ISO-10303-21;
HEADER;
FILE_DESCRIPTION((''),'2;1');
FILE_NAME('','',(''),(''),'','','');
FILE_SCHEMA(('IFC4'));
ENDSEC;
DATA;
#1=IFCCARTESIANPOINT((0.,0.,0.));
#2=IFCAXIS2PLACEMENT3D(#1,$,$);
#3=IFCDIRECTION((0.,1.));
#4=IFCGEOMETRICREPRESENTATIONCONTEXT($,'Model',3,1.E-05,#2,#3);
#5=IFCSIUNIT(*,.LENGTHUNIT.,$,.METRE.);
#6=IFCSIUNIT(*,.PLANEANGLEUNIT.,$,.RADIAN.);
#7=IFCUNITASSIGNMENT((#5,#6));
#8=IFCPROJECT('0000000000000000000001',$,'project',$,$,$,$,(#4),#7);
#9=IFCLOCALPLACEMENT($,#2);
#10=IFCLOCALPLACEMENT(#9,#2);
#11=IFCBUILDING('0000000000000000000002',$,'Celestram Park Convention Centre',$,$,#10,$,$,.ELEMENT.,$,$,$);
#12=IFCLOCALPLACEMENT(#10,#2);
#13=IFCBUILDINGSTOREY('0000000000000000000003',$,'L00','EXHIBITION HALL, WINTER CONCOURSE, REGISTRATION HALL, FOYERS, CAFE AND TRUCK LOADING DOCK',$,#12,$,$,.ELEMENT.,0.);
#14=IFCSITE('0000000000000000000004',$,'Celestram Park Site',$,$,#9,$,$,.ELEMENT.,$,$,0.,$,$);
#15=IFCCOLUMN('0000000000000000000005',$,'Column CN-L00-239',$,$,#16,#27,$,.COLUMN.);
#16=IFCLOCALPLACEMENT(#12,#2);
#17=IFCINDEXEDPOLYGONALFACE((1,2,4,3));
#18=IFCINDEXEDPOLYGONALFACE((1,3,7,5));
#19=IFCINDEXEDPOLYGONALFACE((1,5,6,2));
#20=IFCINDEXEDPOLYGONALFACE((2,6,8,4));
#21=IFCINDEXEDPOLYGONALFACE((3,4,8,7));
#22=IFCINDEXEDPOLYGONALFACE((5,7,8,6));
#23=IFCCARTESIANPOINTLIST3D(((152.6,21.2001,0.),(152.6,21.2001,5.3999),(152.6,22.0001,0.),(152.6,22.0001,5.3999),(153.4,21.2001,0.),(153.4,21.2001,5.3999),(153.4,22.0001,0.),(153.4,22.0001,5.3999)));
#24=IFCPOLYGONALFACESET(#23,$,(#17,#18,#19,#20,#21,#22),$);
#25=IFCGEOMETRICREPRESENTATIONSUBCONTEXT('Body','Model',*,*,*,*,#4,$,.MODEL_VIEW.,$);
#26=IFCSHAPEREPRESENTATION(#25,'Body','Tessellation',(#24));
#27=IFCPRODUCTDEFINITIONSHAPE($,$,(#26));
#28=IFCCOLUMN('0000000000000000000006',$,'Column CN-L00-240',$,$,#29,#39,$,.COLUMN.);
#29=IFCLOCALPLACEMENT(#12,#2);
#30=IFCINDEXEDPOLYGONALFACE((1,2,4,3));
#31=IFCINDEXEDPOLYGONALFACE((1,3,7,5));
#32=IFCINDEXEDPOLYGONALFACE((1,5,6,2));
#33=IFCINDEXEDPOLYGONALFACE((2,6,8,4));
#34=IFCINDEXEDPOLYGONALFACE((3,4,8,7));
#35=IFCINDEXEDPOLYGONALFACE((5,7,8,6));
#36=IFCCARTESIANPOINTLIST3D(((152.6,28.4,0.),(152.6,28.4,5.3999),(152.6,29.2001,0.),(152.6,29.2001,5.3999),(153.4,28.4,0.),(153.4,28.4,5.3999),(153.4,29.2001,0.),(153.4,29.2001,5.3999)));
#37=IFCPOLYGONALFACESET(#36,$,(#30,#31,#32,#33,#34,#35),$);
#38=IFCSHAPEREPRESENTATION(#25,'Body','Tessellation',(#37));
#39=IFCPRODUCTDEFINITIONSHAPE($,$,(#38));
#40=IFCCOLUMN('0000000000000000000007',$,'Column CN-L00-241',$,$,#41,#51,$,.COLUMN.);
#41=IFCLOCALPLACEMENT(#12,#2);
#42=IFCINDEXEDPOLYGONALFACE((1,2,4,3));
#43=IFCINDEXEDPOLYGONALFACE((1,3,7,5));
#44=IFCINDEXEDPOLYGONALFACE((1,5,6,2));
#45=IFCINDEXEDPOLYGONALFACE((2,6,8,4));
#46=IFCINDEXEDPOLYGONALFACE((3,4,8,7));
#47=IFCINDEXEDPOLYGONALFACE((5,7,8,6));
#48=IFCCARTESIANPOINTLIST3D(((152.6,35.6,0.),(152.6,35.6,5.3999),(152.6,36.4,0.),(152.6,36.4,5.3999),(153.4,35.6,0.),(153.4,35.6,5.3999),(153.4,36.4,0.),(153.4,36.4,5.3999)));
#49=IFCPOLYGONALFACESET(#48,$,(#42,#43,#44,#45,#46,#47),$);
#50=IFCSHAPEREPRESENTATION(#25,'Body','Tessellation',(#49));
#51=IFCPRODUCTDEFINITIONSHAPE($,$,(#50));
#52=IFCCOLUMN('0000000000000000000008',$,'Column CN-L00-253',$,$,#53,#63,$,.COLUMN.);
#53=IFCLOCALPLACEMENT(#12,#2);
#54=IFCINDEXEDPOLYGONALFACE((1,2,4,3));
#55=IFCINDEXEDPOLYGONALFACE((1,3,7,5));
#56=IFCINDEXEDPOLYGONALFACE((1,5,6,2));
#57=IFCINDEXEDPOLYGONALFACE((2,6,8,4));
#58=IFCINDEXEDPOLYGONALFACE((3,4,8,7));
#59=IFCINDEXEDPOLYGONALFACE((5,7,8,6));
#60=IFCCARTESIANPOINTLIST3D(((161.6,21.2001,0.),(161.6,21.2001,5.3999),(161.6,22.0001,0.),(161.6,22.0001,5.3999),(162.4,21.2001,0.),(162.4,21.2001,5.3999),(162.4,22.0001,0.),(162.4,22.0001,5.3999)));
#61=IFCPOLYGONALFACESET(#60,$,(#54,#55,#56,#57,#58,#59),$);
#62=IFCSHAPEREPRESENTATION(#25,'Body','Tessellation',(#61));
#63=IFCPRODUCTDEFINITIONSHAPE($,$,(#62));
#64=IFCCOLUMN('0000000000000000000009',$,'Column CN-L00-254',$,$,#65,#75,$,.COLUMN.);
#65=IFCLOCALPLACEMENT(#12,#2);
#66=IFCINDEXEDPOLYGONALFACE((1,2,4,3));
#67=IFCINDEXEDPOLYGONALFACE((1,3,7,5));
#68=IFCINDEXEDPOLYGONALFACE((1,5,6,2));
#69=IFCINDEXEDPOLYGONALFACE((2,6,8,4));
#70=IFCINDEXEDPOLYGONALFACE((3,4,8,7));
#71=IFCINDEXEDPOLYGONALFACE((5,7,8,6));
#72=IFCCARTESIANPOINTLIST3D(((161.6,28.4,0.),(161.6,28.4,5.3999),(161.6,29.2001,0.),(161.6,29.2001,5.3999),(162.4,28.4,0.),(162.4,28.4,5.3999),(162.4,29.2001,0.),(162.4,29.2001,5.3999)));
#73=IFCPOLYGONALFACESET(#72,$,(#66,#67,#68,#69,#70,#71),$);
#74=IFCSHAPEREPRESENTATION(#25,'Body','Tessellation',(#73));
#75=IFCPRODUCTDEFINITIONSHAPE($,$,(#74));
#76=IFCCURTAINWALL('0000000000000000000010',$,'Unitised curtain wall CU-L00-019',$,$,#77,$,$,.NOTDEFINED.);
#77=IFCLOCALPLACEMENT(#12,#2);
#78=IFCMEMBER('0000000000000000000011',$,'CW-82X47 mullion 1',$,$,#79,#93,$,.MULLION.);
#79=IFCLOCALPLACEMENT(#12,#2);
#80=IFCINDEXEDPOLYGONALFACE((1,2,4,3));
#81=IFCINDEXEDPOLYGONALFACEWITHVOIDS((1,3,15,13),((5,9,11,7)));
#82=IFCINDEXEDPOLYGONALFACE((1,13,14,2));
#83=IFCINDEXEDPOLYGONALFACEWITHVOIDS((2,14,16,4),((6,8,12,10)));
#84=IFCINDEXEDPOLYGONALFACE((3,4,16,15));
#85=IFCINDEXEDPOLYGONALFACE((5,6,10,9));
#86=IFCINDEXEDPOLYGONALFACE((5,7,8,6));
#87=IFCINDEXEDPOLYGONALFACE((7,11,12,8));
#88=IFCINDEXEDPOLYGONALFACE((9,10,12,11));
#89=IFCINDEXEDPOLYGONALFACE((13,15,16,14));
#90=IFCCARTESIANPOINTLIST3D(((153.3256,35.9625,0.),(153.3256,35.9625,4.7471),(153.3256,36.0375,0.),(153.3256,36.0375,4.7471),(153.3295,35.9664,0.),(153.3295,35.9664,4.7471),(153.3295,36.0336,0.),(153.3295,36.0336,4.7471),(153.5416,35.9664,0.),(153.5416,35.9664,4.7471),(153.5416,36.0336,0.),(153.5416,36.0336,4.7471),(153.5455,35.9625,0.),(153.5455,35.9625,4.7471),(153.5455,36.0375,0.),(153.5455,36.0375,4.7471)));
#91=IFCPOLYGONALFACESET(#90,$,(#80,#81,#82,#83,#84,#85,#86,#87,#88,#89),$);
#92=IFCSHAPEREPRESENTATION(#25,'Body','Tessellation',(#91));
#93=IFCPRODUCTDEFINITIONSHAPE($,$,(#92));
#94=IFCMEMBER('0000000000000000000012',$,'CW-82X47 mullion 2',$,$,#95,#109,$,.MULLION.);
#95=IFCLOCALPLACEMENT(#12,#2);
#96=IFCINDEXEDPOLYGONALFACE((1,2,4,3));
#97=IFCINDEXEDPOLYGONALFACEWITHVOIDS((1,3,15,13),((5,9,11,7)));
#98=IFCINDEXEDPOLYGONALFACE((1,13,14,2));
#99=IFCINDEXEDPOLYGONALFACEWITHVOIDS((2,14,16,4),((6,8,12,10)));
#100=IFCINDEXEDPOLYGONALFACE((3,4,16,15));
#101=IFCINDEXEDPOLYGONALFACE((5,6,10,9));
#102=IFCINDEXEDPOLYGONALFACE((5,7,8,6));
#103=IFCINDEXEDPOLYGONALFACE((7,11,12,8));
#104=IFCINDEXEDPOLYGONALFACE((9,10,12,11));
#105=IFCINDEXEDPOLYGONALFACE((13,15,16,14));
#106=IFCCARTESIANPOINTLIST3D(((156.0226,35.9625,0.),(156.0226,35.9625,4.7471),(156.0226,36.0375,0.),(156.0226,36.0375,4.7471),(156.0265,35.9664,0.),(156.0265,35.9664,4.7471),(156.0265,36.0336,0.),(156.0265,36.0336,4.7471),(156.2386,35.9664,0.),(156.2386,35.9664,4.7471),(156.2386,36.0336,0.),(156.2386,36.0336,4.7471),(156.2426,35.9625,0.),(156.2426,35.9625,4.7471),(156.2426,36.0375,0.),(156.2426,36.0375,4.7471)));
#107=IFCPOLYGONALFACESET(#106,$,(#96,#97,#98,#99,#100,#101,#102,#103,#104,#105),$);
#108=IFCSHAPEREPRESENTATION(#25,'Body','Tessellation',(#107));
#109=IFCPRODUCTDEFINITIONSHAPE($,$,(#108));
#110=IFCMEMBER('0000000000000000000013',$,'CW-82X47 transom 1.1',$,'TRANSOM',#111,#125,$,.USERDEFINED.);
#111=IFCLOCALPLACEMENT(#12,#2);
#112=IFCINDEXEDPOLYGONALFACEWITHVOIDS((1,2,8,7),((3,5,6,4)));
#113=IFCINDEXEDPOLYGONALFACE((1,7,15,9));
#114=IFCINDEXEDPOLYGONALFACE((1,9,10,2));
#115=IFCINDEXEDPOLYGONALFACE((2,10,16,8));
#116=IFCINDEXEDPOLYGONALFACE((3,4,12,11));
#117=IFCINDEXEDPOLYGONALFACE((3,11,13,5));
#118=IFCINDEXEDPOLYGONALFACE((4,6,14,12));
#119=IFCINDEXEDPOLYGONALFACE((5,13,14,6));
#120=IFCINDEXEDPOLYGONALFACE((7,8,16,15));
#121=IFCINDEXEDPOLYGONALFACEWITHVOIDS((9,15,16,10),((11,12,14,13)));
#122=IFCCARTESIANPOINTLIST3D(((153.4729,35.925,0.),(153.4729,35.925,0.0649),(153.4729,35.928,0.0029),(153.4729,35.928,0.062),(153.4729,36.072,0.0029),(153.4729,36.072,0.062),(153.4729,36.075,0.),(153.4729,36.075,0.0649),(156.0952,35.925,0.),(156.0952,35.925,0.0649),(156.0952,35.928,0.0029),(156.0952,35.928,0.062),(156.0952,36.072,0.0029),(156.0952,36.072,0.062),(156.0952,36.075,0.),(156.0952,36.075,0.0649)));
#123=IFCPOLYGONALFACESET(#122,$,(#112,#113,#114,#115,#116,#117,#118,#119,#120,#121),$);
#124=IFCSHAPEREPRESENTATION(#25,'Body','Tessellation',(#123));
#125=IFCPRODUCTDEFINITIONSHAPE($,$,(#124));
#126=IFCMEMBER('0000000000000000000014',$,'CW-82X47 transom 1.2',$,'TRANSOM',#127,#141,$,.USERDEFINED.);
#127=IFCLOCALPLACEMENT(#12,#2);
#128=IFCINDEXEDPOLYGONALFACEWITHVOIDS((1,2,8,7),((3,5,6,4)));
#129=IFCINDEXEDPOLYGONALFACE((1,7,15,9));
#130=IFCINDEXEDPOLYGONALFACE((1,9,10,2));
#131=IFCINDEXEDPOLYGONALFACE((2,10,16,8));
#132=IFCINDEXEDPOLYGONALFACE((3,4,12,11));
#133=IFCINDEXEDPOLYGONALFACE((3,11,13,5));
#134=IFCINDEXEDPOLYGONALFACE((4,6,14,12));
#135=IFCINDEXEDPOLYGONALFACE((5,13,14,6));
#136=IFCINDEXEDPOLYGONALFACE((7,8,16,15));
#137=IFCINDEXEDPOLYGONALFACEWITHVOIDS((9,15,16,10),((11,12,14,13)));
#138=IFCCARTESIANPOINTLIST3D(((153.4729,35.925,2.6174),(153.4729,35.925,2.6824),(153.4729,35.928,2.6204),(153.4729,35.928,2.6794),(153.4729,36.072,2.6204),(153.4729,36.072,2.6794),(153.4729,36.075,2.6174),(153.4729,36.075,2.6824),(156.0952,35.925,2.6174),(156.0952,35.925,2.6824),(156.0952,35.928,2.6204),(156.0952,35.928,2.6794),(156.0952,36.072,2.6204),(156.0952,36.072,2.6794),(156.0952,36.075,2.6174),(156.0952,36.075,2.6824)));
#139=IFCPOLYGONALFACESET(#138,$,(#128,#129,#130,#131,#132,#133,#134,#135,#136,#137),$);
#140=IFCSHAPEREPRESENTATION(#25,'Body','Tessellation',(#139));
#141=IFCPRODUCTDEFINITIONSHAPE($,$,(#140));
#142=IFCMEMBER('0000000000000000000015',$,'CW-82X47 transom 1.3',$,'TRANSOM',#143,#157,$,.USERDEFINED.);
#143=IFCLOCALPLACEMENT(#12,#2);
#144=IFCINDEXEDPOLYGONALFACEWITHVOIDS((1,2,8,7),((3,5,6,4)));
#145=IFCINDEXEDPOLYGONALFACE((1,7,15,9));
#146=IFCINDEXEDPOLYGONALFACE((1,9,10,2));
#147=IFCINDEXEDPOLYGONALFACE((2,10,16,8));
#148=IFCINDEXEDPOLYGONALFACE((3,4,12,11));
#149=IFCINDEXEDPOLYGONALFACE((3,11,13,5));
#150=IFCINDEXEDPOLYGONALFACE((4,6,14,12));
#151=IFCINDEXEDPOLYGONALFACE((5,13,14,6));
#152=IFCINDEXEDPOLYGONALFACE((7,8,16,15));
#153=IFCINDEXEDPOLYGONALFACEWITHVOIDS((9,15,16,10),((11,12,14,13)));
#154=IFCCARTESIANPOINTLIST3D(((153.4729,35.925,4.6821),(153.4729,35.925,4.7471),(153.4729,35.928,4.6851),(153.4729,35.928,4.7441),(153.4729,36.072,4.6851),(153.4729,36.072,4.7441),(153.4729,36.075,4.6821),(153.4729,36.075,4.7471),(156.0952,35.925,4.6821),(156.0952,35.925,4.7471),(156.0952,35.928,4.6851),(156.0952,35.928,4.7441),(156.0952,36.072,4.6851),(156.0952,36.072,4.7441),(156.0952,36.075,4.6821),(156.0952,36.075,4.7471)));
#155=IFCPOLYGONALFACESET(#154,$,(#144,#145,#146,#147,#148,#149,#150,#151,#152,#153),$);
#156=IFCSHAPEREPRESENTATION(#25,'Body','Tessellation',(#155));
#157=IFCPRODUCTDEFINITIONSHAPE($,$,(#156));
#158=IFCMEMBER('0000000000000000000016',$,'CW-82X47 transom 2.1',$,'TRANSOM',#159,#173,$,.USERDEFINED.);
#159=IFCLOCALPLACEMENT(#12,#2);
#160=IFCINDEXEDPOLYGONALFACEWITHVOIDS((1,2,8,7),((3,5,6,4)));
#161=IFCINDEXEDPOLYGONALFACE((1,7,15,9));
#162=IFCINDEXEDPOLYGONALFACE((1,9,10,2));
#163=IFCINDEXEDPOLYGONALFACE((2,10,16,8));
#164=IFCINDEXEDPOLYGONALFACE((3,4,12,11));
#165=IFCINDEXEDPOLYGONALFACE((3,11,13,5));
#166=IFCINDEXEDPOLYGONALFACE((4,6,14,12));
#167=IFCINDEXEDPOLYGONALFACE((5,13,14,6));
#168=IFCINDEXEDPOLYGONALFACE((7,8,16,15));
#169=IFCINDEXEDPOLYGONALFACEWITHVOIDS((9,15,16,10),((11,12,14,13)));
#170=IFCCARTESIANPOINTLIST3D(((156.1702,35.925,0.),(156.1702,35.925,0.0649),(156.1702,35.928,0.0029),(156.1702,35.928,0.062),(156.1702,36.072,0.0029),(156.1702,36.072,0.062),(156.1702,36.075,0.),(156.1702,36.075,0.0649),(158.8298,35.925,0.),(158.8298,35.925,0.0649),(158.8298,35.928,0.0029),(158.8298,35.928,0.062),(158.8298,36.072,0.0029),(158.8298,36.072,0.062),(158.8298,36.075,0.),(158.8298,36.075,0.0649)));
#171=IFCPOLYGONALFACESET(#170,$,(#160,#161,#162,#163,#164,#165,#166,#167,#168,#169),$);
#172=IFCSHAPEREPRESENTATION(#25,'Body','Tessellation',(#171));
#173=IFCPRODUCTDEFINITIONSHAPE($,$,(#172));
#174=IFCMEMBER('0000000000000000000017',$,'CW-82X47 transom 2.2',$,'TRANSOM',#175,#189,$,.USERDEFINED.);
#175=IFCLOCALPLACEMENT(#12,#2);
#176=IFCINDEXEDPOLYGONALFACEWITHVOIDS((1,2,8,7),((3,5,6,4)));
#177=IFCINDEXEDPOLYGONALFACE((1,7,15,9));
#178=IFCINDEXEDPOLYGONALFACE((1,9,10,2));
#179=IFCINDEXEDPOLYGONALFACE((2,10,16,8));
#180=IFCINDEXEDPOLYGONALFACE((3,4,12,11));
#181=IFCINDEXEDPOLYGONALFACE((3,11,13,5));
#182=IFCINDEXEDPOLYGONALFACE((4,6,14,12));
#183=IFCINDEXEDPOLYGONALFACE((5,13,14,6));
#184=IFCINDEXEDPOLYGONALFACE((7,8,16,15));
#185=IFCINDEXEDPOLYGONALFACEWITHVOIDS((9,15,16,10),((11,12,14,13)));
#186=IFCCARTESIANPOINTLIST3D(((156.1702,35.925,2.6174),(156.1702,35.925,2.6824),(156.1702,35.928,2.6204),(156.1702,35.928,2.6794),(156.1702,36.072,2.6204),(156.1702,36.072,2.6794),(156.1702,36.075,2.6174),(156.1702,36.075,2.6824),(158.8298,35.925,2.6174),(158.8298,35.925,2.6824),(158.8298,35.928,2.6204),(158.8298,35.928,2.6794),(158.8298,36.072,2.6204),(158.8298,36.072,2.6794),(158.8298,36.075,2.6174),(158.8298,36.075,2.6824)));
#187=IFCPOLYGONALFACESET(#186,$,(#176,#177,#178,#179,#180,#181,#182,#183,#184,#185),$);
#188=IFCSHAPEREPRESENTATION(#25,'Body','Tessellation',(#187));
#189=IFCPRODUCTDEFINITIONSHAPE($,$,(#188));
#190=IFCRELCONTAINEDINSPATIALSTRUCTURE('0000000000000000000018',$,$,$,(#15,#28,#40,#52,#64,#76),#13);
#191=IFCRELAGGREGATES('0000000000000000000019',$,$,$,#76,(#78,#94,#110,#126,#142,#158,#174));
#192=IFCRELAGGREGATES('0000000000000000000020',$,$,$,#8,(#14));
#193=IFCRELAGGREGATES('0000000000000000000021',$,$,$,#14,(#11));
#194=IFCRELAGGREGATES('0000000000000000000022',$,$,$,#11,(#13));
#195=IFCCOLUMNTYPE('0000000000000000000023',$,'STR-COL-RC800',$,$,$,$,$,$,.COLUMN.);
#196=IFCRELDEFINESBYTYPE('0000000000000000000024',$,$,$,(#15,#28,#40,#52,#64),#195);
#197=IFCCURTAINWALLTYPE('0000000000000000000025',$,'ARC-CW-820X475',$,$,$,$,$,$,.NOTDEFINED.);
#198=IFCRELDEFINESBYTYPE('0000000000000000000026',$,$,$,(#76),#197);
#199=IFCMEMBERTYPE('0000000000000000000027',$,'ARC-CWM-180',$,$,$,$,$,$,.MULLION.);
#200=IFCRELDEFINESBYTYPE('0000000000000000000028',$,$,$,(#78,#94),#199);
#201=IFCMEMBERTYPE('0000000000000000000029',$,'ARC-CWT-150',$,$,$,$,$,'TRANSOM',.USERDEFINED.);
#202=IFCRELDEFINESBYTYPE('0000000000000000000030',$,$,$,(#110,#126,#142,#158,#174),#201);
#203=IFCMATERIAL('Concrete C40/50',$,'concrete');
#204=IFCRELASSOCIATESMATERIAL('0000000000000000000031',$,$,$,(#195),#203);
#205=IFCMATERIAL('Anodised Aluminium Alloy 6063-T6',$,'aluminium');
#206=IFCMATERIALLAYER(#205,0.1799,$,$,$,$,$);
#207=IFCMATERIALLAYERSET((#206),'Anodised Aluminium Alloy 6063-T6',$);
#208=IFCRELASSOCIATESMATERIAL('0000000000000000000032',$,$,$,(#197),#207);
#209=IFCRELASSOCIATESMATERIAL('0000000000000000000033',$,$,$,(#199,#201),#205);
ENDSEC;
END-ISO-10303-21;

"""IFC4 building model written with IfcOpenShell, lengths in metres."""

from ifc_helpers import new_model, si_unit, direction, frame, origin, origin_2d, place, context, subcontext, project, spatial, rectangle, hollow_rectangle, extrude, material, layer, layer_set, material_profile, profile_set, type_object, element, aggregate, save


model = new_model("IFC4")

# Units and contexts
model_context = context("Model", 3, precision=1e-05, world=origin(), true_north=direction((0.0, 1.0)))
body_context = subcontext(model_context, "Body", "Model", "MODEL_VIEW")
ifc_project = project(units=[si_unit("LENGTHUNIT", "METRE"), si_unit("PLANEANGLEUNIT", "RADIAN")], contexts=[model_context])

# Site, building, storey
site_placement = place(None, origin())
site = spatial("IfcSite", under=ifc_project, at=site_placement, Name="Celestram Park Site", CompositionType="ELEMENT", RefElevation=0.0)
building_placement = place(site_placement, origin())
building = spatial("IfcBuilding", under=site, at=building_placement, Name="Celestram Park Convention Centre", CompositionType="ELEMENT")
storey_placement = place(building_placement, origin())
storey = spatial("IfcBuildingStorey", under=building, at=storey_placement, Name="L00", Description="EXHIBITION HALL, WINTER CONCOURSE, REGISTRATION HALL, FOYERS, CAFE AND TRUCK LOADING DOCK", CompositionType="ELEMENT", Elevation=0.0)

# Columns
ifc_material_1 = material(Name="Concrete C40/50", Category="concrete")
ifc_material_profile_1 = material_profile(ifc_material_1, rectangle(XDim=0.8, YDim=0.8, at=origin_2d()), Name="RC800X800")
ifc_profile_set_1 = profile_set([ifc_material_profile_1], Name="Concrete C40/50")
column_type = type_object("IfcColumnType", Name="STR-COL-RC800", PredefinedType="COLUMN", material=ifc_profile_set_1)
for number, where, z_axis, x_axis, name in (
    (1, (153.0, 21.6001, 0.0), (0.0, 0.0, 1.0), (1.0, 0.0, 0.0), "Column CN-L00-239"),
    (2, (153.0, 28.8, 0.0), (0.0, 0.0, 1.0), (1.0, 0.0, 0.0), "Column CN-L00-240"),
    (3, (153.0, 36.0, 0.0), (0.0, 0.0, 1.0), (1.0, 0.0, 0.0), "Column CN-L00-241"),
    (4, (162.0, 21.6001, 0.0), (0.0, 0.0, 1.0), (1.0, 0.0, 0.0), "Column CN-L00-253"),
    (5, (162.0, 28.8, 0.0), (0.0, 0.0, 1.0), (1.0, 0.0, 0.0), "Column CN-L00-254"),
):
    element("IfcColumn", number, at=place(storey_placement, frame(where, z_axis=z_axis, x_axis=x_axis)), inside=storey, type_object=column_type, Name=name, PredefinedType="COLUMN", context=body_context, shape_type="SweptSolid", body=[
        extrude(rectangle(XDim=0.8, YDim=0.8, at=origin_2d()), origin(), (0.0, 0.0, 1.0), 5.3999),
    ])

# Curtain wall, members
ifc_material_2 = material(Name="Anodised Aluminium Alloy 6063-T6", Category="aluminium")
ifc_layer_1 = layer(ifc_material_2, 0.1799)
ifc_layer_set_1 = layer_set([ifc_layer_1], Name="Anodised Aluminium Alloy 6063-T6")
curtain_wall_type = type_object("IfcCurtainWallType", Name="ARC-CW-820X475", PredefinedType="NOTDEFINED", material=ifc_layer_set_1)
curtain_wall_placement = place(storey_placement, origin())
curtain_wall = element("IfcCurtainWall", 6, at=curtain_wall_placement, inside=storey, type_object=curtain_wall_type, Name="Unitised curtain wall CU-L00-019", PredefinedType="NOTDEFINED")
ifc_material_profile_2 = material_profile(ifc_material_2, hollow_rectangle(XDim=0.075, YDim=0.22, WallThickness=0.0039, at=origin_2d()), Name="ALU75X220X4")
ifc_profile_set_2 = profile_set([ifc_material_profile_2], Name="Anodised Aluminium Alloy 6063-T6")
member_type_1 = type_object("IfcMemberType", Name="ARC-CWM-180", PredefinedType="MULLION", material=ifc_profile_set_2)
member_1_placement = place(storey_placement, frame((153.4355, 36.0, 0.0), z_axis=(0.0, 0.0, 1.0), x_axis=(0.0, 1.0, 0.0)))
member_1 = element("IfcMember", 7, at=member_1_placement, type_object=member_type_1, Name="CW-82X47 mullion 1", PredefinedType="MULLION", context=body_context, shape_type="SweptSolid", body=[
    extrude(hollow_rectangle(XDim=0.075, YDim=0.22, WallThickness=0.0039, at=origin_2d()), origin(), (0.0, 0.0, 1.0), 4.7471),
])
member_2_placement = place(storey_placement, frame((156.1326, 36.0, 0.0), z_axis=(0.0, 0.0, 1.0), x_axis=(0.0, 1.0, 0.0)))
member_2 = element("IfcMember", 8, at=member_2_placement, type_object=member_type_1, Name="CW-82X47 mullion 2", PredefinedType="MULLION", context=body_context, shape_type="SweptSolid", body=[
    extrude(hollow_rectangle(XDim=0.075, YDim=0.22, WallThickness=0.0039, at=origin_2d()), origin(), (0.0, 0.0, 1.0), 4.7471),
])
ifc_material_profile_3 = material_profile(ifc_material_2, hollow_rectangle(XDim=0.1499, YDim=0.0649, WallThickness=0.0029, at=origin_2d()), Name="ALU150X65X3")
ifc_profile_set_3 = profile_set([ifc_material_profile_3], Name="Anodised Aluminium Alloy 6063-T6")
member_type_2 = type_object("IfcMemberType", Name="ARC-CWT-150", ElementType="TRANSOM", PredefinedType="USERDEFINED", material=ifc_profile_set_3)
member_3_placement = place(storey_placement, frame((153.4729, 36.0, 0.0325), z_axis=(1.0, 0.0, 0.0), x_axis=(0.0, 1.0, 0.0)))
member_3 = element("IfcMember", 9, at=member_3_placement, type_object=member_type_2, Name="CW-82X47 transom 1.1", ObjectType="TRANSOM", PredefinedType="USERDEFINED", context=body_context, shape_type="SweptSolid", body=[
    extrude(hollow_rectangle(XDim=0.1499, YDim=0.0649, WallThickness=0.0029, at=origin_2d()), origin(), (0.0, 0.0, 1.0), 2.6223),
])
member_4_placement = place(storey_placement, frame((153.4729, 36.0, 2.6499), z_axis=(1.0, 0.0, 0.0), x_axis=(0.0, 1.0, 0.0)))
member_4 = element("IfcMember", 10, at=member_4_placement, type_object=member_type_2, Name="CW-82X47 transom 1.2", ObjectType="TRANSOM", PredefinedType="USERDEFINED", context=body_context, shape_type="SweptSolid", body=[
    extrude(hollow_rectangle(XDim=0.1499, YDim=0.0649, WallThickness=0.0029, at=origin_2d()), origin(), (0.0, 0.0, 1.0), 2.6223),
])
member_5_placement = place(storey_placement, frame((153.4729, 36.0, 4.7146), z_axis=(1.0, 0.0, 0.0), x_axis=(0.0, 1.0, 0.0)))
member_5 = element("IfcMember", 11, at=member_5_placement, type_object=member_type_2, Name="CW-82X47 transom 1.3", ObjectType="TRANSOM", PredefinedType="USERDEFINED", context=body_context, shape_type="SweptSolid", body=[
    extrude(hollow_rectangle(XDim=0.1499, YDim=0.0649, WallThickness=0.0029, at=origin_2d()), origin(), (0.0, 0.0, 1.0), 2.6223),
])
member_6_placement = place(storey_placement, frame((156.1702, 36.0, 0.0325), z_axis=(1.0, 0.0, 0.0), x_axis=(0.0, 1.0, 0.0)))
member_6 = element("IfcMember", 12, at=member_6_placement, type_object=member_type_2, Name="CW-82X47 transom 2.1", ObjectType="TRANSOM", PredefinedType="USERDEFINED", context=body_context, shape_type="SweptSolid", body=[
    extrude(hollow_rectangle(XDim=0.1499, YDim=0.0649, WallThickness=0.0029, at=origin_2d()), origin(), (0.0, 0.0, 1.0), 2.6597),
])
member_7_placement = place(storey_placement, frame((156.1702, 36.0, 2.6499), z_axis=(1.0, 0.0, 0.0), x_axis=(0.0, 1.0, 0.0)))
member_7 = element("IfcMember", 13, at=member_7_placement, type_object=member_type_2, Name="CW-82X47 transom 2.2", ObjectType="TRANSOM", PredefinedType="USERDEFINED", context=body_context, shape_type="SweptSolid", body=[
    extrude(hollow_rectangle(XDim=0.1499, YDim=0.0649, WallThickness=0.0029, at=origin_2d()), origin(), (0.0, 0.0, 1.0), 2.6597),
])

aggregate(curtain_wall, [member_1, member_2, member_3, member_4, member_5, member_6, member_7])

save(model, "model.ifc")
